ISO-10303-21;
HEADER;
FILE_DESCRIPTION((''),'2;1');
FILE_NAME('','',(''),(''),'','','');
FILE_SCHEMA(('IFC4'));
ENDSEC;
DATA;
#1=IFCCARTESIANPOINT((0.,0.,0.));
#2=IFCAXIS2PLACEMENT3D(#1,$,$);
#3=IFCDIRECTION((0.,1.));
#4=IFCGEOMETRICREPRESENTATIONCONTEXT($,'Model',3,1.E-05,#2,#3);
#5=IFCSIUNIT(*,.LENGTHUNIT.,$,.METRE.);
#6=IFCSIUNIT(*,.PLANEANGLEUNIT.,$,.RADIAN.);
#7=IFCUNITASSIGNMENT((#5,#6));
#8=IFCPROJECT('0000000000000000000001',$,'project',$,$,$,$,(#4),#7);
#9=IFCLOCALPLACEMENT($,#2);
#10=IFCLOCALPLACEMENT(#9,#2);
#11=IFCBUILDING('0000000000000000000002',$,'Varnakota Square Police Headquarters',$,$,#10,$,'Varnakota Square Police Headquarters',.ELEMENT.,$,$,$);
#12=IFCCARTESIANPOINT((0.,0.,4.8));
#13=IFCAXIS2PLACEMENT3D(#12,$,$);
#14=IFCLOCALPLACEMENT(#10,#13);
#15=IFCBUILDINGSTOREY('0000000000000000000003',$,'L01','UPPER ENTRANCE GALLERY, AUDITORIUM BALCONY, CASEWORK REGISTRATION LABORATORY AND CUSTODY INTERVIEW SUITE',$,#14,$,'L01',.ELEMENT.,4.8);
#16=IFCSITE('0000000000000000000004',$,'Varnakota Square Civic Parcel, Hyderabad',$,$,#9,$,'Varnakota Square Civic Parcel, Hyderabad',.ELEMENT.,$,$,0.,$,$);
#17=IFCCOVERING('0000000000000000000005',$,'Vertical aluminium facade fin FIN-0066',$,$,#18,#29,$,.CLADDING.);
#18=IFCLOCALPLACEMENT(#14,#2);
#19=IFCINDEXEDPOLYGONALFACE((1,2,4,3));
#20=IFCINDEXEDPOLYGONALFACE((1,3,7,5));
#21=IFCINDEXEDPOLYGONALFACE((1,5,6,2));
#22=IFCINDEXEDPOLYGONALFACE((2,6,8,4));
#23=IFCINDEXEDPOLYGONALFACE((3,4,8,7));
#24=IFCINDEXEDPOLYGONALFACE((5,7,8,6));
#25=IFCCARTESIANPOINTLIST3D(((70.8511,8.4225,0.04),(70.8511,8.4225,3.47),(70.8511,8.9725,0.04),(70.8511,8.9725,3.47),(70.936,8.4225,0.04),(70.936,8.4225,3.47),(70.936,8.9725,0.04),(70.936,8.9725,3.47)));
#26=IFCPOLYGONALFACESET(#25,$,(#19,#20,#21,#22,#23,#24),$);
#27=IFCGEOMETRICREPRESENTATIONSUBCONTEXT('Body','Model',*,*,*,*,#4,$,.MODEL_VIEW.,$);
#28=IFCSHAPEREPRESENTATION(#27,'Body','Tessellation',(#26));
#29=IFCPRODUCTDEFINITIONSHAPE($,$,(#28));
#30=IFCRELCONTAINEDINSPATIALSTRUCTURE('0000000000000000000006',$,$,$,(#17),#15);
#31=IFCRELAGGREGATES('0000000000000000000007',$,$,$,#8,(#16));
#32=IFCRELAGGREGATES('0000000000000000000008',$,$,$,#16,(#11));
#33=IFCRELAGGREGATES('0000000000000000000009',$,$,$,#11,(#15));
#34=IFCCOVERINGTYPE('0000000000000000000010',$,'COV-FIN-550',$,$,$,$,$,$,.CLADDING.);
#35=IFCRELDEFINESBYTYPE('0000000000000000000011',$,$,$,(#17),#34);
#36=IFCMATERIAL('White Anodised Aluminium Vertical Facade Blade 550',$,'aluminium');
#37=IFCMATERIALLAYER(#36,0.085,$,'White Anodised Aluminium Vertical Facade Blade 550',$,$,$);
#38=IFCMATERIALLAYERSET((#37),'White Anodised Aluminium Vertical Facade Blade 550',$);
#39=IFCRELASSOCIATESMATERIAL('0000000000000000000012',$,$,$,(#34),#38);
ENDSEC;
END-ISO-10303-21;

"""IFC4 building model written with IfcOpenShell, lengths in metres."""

from ifc_helpers import new_model, si_unit, direction, frame, origin, origin_2d, place, context, subcontext, project, spatial, rectangle, extrude, material, layer, layer_set, type_object, element, save


model = new_model("IFC4")

# Units and contexts
model_context = context("Model", 3, precision=1e-05, world=origin(), true_north=direction((0.0, 1.0)))
body_context = subcontext(model_context, "Body", "Model", "MODEL_VIEW")
ifc_project = project(units=[si_unit("LENGTHUNIT", "METRE"), si_unit("PLANEANGLEUNIT", "RADIAN")], contexts=[model_context])

# Site, building, storey
site_placement = place(None, origin())
site = spatial("IfcSite", under=ifc_project, at=site_placement, Name="Varnakota Square Civic Parcel, Hyderabad", LongName="Varnakota Square Civic Parcel, Hyderabad", CompositionType="ELEMENT", RefElevation=0.0)
building_placement = place(site_placement, origin())
building = spatial("IfcBuilding", under=site, at=building_placement, Name="Varnakota Square Police Headquarters", LongName="Varnakota Square Police Headquarters", CompositionType="ELEMENT")
storey_placement = place(building_placement, frame((0.0, 0.0, 4.8)))
storey = spatial("IfcBuildingStorey", under=building, at=storey_placement, Name="L01", Description="UPPER ENTRANCE GALLERY, AUDITORIUM BALCONY, CASEWORK REGISTRATION LABORATORY AND CUSTODY INTERVIEW SUITE", LongName="L01", CompositionType="ELEMENT", Elevation=4.8)

# Covering
ifc_material_1 = material(Name="White Anodised Aluminium Vertical Facade Blade 550", Category="aluminium")
ifc_layer_1 = layer(ifc_material_1, 0.085, Name="White Anodised Aluminium Vertical Facade Blade 550")
ifc_layer_set_1 = layer_set([ifc_layer_1], Name="White Anodised Aluminium Vertical Facade Blade 550")
covering_type_1 = type_object("IfcCoveringType", Name="COV-FIN-550", PredefinedType="CLADDING", material=ifc_layer_set_1)
covering_1_placement = place(storey_placement, frame((70.8936, 8.6975, 0.04), z_axis=(0.0, 0.0, 1.0), x_axis=(1.0, 0.0, 0.0)))
element("IfcCovering", 1, at=covering_1_placement, inside=storey, type_object=covering_type_1, Name="Vertical aluminium facade fin FIN-0066", PredefinedType="CLADDING", context=body_context, shape_type="SweptSolid", body=[
    extrude(rectangle(XDim=0.085, YDim=0.55, at=origin_2d()), origin(), (0.0, 0.0, 1.0), 3.4299),
])

save(model, "model.ifc")
